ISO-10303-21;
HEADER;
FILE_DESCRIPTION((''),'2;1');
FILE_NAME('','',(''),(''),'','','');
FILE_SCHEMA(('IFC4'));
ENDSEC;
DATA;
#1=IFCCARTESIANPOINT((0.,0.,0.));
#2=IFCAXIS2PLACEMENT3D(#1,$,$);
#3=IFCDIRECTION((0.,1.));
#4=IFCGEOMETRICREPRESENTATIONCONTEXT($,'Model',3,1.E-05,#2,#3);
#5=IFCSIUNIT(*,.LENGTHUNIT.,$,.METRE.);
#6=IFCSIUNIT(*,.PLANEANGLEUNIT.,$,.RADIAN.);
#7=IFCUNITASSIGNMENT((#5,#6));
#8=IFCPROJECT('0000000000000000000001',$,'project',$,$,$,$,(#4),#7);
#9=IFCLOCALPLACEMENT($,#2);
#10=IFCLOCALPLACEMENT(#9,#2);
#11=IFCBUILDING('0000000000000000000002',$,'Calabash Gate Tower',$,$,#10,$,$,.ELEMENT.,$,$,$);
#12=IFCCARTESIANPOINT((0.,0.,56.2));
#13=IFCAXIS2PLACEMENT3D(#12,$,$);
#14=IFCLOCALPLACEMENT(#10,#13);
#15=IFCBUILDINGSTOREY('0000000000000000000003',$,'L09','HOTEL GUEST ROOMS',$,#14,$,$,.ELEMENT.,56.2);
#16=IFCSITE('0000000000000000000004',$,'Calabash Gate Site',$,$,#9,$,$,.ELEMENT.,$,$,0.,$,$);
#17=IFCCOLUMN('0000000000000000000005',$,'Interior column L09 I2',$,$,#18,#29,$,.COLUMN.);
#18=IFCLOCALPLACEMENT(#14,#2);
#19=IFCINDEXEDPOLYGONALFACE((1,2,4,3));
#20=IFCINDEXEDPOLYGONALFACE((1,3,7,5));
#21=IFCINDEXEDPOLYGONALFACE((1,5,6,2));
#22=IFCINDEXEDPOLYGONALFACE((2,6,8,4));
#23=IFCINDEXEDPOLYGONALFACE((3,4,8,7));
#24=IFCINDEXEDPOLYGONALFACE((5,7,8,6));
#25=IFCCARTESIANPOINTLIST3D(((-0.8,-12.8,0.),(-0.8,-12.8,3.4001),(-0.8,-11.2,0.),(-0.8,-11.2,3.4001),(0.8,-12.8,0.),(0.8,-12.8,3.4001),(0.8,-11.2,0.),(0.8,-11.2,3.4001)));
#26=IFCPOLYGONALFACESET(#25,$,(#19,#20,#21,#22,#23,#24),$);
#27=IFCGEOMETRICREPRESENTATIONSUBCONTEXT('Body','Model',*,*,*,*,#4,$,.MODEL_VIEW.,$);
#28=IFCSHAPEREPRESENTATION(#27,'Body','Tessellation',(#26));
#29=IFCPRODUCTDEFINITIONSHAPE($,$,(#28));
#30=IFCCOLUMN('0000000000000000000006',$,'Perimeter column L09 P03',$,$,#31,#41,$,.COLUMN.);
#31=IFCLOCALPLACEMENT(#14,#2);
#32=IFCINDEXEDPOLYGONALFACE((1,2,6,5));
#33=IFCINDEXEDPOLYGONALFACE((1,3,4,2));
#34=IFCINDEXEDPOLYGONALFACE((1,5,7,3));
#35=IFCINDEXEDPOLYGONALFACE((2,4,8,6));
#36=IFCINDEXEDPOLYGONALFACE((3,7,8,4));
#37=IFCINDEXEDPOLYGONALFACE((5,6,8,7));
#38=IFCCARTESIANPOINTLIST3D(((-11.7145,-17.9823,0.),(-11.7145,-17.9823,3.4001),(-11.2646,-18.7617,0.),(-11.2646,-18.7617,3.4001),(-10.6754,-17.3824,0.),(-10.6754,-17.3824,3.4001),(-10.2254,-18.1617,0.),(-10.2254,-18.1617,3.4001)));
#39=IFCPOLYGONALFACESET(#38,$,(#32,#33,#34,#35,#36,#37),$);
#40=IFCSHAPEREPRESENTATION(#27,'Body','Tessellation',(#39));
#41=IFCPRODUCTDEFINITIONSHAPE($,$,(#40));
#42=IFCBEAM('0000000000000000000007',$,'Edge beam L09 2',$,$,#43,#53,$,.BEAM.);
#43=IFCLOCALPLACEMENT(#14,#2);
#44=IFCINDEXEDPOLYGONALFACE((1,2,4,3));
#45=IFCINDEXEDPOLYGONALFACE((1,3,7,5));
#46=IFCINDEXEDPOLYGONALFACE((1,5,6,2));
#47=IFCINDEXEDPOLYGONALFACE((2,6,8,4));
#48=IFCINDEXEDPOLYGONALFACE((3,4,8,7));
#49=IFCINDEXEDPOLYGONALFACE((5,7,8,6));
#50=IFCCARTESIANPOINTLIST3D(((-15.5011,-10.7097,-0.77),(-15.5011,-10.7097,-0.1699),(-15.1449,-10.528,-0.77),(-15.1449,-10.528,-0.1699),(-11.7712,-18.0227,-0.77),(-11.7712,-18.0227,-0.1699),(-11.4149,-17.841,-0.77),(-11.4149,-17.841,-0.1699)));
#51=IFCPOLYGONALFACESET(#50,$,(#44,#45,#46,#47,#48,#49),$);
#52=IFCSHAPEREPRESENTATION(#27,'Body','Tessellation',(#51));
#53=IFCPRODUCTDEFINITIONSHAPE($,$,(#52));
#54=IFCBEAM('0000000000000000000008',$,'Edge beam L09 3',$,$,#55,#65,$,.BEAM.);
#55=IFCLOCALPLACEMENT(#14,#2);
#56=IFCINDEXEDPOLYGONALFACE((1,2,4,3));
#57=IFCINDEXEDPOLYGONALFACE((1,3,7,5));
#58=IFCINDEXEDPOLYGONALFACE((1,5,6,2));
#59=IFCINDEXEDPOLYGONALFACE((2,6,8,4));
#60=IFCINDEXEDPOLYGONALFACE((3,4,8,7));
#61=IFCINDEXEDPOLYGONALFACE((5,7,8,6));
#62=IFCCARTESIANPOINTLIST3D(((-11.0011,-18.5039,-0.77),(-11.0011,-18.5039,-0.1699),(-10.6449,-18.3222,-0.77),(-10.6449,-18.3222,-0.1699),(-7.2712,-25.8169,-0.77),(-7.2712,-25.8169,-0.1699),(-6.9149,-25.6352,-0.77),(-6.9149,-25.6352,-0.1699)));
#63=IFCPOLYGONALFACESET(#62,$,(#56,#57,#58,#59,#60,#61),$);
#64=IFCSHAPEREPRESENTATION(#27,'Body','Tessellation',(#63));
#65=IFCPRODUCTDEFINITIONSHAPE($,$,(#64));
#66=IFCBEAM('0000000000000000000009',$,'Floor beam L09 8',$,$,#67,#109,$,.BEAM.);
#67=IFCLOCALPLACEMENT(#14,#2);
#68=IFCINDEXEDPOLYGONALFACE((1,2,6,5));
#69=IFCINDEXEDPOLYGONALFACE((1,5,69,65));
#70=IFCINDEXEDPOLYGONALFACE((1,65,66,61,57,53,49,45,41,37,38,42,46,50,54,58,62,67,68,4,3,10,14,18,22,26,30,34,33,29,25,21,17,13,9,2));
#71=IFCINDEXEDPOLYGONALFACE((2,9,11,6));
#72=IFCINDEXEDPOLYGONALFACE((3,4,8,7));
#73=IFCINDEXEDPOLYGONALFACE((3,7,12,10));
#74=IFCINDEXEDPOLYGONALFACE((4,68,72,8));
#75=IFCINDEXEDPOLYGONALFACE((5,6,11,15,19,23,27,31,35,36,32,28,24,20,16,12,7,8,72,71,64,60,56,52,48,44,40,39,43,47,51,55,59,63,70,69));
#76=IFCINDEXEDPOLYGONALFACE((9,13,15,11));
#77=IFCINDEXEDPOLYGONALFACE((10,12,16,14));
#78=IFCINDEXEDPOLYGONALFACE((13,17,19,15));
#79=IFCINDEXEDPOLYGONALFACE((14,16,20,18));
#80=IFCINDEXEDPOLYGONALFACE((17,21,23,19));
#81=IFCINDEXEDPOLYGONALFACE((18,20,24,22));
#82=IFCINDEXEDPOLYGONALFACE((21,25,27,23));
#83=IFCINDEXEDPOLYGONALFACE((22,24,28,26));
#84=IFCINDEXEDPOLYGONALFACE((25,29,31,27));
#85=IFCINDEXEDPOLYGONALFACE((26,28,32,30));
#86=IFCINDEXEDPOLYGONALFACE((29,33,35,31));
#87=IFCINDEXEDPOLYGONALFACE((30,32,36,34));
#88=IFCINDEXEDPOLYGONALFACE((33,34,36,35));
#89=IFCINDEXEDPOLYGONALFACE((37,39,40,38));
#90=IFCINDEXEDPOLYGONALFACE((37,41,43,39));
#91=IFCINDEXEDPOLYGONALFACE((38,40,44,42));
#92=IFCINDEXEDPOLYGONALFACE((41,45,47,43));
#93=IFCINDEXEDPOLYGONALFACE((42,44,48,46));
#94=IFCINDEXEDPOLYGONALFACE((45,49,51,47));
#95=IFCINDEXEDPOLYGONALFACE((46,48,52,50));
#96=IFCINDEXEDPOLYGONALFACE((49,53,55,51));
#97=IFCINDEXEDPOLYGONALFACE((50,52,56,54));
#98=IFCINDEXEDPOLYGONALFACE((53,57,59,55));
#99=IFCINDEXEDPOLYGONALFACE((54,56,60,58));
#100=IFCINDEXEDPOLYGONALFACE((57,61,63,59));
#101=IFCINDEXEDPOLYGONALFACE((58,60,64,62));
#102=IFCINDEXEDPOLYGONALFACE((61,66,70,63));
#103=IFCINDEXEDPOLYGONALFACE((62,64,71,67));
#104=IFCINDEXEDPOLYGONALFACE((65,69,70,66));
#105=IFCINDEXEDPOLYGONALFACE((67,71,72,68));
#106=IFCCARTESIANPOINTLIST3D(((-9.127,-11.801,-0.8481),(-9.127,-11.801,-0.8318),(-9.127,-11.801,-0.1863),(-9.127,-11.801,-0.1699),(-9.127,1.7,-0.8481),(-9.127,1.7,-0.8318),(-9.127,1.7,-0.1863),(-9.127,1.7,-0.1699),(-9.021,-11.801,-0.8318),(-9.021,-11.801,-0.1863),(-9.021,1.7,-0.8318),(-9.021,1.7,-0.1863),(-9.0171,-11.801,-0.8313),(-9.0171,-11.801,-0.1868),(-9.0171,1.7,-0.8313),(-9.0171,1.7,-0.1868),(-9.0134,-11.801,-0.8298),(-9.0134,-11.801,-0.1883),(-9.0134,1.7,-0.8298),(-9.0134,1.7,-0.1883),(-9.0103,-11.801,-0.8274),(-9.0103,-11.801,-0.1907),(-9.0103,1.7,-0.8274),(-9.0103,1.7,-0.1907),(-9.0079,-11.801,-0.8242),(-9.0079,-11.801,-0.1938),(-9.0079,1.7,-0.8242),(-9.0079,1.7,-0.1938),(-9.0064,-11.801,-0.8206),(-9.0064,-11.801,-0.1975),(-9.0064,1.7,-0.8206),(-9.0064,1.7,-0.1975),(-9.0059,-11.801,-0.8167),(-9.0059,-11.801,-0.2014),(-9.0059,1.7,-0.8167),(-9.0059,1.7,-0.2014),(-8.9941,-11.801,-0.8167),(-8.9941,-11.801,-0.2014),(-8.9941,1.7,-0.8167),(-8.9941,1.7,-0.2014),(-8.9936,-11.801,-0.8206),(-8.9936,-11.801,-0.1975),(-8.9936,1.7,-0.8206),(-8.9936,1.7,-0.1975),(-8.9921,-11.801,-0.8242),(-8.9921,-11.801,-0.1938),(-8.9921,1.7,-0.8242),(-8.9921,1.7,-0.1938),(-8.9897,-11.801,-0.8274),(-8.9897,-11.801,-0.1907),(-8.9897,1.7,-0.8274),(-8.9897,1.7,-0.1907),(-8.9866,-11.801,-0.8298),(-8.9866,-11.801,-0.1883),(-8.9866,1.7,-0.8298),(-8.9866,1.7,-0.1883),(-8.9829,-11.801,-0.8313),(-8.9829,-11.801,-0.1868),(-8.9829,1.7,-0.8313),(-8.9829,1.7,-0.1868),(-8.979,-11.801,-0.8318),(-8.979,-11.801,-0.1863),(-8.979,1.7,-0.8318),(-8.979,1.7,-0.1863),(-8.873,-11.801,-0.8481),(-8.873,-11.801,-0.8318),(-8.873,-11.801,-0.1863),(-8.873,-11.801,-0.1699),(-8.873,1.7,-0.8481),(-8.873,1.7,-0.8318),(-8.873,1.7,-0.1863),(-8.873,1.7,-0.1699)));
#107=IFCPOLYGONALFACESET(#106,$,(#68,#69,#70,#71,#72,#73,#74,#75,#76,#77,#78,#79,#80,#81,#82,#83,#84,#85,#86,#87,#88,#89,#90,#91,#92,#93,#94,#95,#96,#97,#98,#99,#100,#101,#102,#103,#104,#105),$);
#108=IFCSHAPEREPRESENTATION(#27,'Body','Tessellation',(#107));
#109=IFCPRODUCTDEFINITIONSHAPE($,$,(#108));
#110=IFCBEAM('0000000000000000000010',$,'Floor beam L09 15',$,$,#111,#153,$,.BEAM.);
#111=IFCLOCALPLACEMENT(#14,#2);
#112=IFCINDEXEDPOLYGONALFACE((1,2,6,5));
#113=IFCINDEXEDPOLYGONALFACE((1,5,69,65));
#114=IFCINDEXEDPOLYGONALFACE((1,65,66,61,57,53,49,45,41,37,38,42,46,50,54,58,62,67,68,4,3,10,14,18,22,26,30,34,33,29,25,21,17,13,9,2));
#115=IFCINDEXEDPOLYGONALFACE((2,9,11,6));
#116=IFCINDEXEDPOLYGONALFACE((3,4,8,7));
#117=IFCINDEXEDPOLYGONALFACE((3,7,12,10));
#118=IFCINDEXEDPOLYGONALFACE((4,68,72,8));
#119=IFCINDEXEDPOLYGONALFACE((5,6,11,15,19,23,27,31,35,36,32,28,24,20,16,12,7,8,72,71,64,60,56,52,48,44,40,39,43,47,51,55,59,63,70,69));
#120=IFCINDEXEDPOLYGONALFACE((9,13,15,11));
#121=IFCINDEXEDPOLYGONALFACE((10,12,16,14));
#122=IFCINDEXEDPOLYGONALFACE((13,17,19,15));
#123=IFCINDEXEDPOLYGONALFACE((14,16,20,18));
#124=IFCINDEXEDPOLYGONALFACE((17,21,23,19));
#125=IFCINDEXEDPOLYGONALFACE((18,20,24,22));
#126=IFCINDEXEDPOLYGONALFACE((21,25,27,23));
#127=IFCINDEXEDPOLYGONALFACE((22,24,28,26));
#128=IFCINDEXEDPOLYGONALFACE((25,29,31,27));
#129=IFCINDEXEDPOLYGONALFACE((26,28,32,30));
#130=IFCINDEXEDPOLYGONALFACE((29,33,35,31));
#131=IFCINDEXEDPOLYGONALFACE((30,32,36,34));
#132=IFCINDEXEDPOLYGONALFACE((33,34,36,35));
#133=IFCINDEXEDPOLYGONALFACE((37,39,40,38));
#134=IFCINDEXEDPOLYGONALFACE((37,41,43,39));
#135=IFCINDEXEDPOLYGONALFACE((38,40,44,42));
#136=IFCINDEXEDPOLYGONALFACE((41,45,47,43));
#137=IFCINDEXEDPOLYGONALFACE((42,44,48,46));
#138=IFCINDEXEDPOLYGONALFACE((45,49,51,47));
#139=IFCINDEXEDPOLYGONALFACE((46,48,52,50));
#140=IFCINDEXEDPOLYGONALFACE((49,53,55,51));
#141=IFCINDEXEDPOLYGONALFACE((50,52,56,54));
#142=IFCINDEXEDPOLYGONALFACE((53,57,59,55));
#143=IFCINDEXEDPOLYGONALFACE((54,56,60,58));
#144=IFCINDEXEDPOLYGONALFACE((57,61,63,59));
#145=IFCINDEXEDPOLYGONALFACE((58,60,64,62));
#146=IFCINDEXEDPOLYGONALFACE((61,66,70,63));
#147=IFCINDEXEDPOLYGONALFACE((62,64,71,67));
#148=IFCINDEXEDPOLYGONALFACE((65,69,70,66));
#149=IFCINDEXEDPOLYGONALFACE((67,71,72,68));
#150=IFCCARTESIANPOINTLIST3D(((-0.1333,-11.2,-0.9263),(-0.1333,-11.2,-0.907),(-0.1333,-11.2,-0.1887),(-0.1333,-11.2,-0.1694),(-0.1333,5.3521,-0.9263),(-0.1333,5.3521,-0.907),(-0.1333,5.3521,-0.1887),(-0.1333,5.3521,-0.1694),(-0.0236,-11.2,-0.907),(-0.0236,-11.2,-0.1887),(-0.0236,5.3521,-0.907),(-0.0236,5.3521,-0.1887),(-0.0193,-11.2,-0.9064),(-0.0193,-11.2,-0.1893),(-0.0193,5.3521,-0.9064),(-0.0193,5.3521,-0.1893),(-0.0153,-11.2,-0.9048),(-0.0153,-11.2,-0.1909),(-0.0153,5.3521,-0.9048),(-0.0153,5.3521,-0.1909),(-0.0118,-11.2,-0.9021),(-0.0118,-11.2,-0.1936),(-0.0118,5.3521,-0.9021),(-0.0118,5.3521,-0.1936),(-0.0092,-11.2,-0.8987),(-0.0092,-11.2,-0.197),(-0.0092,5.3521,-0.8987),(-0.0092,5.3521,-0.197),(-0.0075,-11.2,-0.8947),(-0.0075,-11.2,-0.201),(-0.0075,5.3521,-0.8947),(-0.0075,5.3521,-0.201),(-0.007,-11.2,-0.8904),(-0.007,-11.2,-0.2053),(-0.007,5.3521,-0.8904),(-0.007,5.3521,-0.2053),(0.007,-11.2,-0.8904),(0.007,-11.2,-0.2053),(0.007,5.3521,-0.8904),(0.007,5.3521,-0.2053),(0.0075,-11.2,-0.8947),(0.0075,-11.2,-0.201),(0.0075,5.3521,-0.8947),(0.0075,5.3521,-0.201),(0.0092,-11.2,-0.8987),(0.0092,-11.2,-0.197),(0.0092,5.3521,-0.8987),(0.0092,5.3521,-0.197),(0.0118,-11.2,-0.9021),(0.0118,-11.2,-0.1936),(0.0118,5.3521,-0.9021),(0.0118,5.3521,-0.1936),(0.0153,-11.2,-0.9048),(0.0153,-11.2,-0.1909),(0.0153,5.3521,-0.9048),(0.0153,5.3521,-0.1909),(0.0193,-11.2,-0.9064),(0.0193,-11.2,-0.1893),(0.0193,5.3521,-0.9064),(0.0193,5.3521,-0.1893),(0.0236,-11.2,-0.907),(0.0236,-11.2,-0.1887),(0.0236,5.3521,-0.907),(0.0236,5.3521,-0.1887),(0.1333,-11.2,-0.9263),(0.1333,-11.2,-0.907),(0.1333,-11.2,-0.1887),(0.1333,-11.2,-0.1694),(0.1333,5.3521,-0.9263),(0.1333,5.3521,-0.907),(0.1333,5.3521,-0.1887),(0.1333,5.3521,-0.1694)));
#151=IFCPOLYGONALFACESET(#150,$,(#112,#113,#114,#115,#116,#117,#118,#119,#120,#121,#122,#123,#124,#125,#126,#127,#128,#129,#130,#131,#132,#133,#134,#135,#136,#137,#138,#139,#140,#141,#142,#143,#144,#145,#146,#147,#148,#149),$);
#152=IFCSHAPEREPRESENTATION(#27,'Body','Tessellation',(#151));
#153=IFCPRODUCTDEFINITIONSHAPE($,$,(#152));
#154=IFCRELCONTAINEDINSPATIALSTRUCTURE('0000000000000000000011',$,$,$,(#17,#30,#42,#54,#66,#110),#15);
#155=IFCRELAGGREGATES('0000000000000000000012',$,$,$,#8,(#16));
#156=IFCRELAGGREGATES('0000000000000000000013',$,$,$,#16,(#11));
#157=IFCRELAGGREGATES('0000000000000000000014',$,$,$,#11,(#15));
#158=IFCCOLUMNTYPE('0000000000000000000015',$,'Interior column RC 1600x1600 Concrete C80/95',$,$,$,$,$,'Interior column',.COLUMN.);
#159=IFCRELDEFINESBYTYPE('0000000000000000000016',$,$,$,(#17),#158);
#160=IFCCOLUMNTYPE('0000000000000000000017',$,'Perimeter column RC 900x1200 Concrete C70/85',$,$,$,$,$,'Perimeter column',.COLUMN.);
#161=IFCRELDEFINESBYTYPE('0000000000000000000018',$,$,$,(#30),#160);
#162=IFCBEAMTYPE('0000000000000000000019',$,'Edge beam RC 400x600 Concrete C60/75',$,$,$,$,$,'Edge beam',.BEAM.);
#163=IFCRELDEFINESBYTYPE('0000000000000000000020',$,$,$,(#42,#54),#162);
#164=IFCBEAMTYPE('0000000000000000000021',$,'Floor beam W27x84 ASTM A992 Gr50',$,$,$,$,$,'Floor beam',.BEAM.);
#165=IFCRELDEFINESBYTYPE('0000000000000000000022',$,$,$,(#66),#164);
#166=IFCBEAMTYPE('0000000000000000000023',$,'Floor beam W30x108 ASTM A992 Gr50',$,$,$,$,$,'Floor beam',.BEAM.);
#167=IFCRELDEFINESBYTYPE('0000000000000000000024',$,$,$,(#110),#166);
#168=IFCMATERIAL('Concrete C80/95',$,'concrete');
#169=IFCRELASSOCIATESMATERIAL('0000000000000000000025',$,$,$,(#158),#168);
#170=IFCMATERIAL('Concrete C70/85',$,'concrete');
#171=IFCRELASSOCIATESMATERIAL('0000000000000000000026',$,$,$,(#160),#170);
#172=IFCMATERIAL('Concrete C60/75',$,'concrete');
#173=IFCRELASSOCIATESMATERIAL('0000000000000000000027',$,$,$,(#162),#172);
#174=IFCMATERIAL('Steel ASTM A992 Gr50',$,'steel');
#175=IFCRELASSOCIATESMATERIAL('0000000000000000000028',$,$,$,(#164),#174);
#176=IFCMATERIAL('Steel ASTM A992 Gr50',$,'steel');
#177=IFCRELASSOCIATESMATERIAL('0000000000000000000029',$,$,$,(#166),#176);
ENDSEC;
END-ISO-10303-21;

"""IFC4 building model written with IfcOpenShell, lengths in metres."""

from ifc_helpers import new_model, si_unit, direction, frame, origin, origin_2d, place, context, subcontext, project, spatial, rectangle, i_section, extrude, material, material_profile, profile_set, type_object, element, save


model = new_model("IFC4")

# Units and contexts
model_context = context("Model", 3, precision=1e-05, world=origin(), true_north=direction((0.0, 1.0)))
body_context = subcontext(model_context, "Body", "Model", "MODEL_VIEW")
ifc_project = project(units=[si_unit("LENGTHUNIT", "METRE"), si_unit("PLANEANGLEUNIT", "RADIAN")], contexts=[model_context])

# Site, building, storey
site_placement = place(None, origin())
site = spatial("IfcSite", under=ifc_project, at=site_placement, Name="Calabash Gate Site", CompositionType="ELEMENT", RefElevation=0.0)
building_placement = place(site_placement, origin())
building = spatial("IfcBuilding", under=site, at=building_placement, Name="Calabash Gate Tower", CompositionType="ELEMENT")
storey_placement = place(building_placement, frame((0.0, 0.0, 56.2)))
storey = spatial("IfcBuildingStorey", under=building, at=storey_placement, Name="L09", Description="HOTEL GUEST ROOMS", CompositionType="ELEMENT", Elevation=56.2)

# Columns
ifc_material_1 = material(Name="Concrete C80/95", Category="concrete")
ifc_material_profile_1 = material_profile(ifc_material_1, rectangle(XDim=1.6001, YDim=1.6001, at=origin_2d()))
ifc_profile_set_1 = profile_set([ifc_material_profile_1], Name="Concrete C80/95")
column_type_1 = type_object("IfcColumnType", Name="Interior column RC 1600x1600 Concrete C80/95", ElementType="Interior column", PredefinedType="COLUMN", material=ifc_profile_set_1)
column_1_placement = place(storey_placement, frame((0.0, -12.0, 0.0), z_axis=(0.0, 0.0, 1.0), x_axis=(1.0, 0.0, 0.0)))
element("IfcColumn", 1, at=column_1_placement, inside=storey, type_object=column_type_1, Name="Interior column L09 I2", PredefinedType="COLUMN", context=body_context, shape_type="SweptSolid", body=[
    extrude(rectangle(XDim=1.6001, YDim=1.6001, at=origin_2d()), origin(), (0.0, 0.0, 1.0), 3.4001),
])
ifc_material_2 = material(Name="Concrete C70/85", Category="concrete")
ifc_material_profile_2 = material_profile(ifc_material_2, rectangle(XDim=0.8999, YDim=1.2, at=origin_2d()))
ifc_profile_set_2 = profile_set([ifc_material_profile_2], Name="Concrete C70/85")
column_type_2 = type_object("IfcColumnType", Name="Perimeter column RC 900x1200 Concrete C70/85", ElementType="Perimeter column", PredefinedType="COLUMN", material=ifc_profile_set_2)
column_2_placement = place(storey_placement, frame((-10.97, -18.072, 0.0), z_axis=(0.0, 0.0, 1.0), x_axis=(0.5, -0.866025, 0.0)))
element("IfcColumn", 2, at=column_2_placement, inside=storey, type_object=column_type_2, Name="Perimeter column L09 P03", PredefinedType="COLUMN", context=body_context, shape_type="SweptSolid", body=[
    extrude(rectangle(XDim=0.8999, YDim=1.2, at=origin_2d()), origin(), (0.0, 0.0, 1.0), 3.4001),
])

# Beams
ifc_material_3 = material(Name="Concrete C60/75", Category="concrete")
ifc_material_profile_3 = material_profile(ifc_material_3, rectangle(XDim=0.3999, YDim=0.6001, at=origin_2d()))
ifc_profile_set_3 = profile_set([ifc_material_profile_3], Name="Concrete C60/75")
beam_type_1 = type_object("IfcBeamType", Name="Edge beam RC 400x600 Concrete C60/75", ElementType="Edge beam", PredefinedType="BEAM", material=ifc_profile_set_3)
for number, where, z_axis, x_axis, name in (
    (3, (-15.323, -10.6189, -0.47), (0.454361, -0.890818, 0.0), (0.890818, 0.454361, 0.0), "Edge beam L09 2"),
    (4, (-10.823, -18.4131, -0.47), (0.454361, -0.890818, 0.0), (0.890818, 0.454361, 0.0), "Edge beam L09 3"),
):
    element("IfcBeam", number, at=place(storey_placement, frame(where, z_axis=z_axis, x_axis=x_axis)), inside=storey, type_object=beam_type_1, Name=name, PredefinedType="BEAM", context=body_context, shape_type="SweptSolid", body=[
        extrude(rectangle(XDim=0.3999, YDim=0.6001, at=origin_2d()), origin(), (0.0, 0.0, 1.0), 8.2092),
    ])
ifc_material_4 = material(Name="Steel ASTM A992 Gr50", Category="steel")
ifc_material_profile_4 = material_profile(ifc_material_4, i_section(OverallWidth=0.2539, OverallDepth=0.6782, WebThickness=0.0117, FlangeThickness=0.0164, FilletRadius=0.0151, at=origin_2d()))
ifc_profile_set_4 = profile_set([ifc_material_profile_4], Name="Steel ASTM A992 Gr50")
beam_type_2 = type_object("IfcBeamType", Name="Floor beam W27x84 ASTM A992 Gr50", ElementType="Floor beam", PredefinedType="BEAM", material=ifc_profile_set_4)
beam_1_placement = place(storey_placement, frame((-9.0, -11.801, -0.509), z_axis=(0.0, 1.0, 0.0), x_axis=(-1.0, 0.0, 0.0)))
element("IfcBeam", 5, at=beam_1_placement, inside=storey, type_object=beam_type_2, Name="Floor beam L09 8", PredefinedType="BEAM", context=body_context, shape_type="SweptSolid", body=[
    extrude(i_section(OverallWidth=0.2539, OverallDepth=0.6782, WebThickness=0.0117, FlangeThickness=0.0164, FilletRadius=0.0151, at=origin_2d()), origin(), (0.0, 0.0, 1.0), 13.501),
])
ifc_material_5 = material(Name="Steel ASTM A992 Gr50", Category="steel")
ifc_material_profile_5 = material_profile(ifc_material_5, i_section(OverallWidth=0.2666, OverallDepth=0.7568, WebThickness=0.0139, FlangeThickness=0.0193, FilletRadius=0.0166, at=origin_2d()))
ifc_profile_set_5 = profile_set([ifc_material_profile_5], Name="Steel ASTM A992 Gr50")
beam_type_3 = type_object("IfcBeamType", Name="Floor beam W30x108 ASTM A992 Gr50", ElementType="Floor beam", PredefinedType="BEAM", material=ifc_profile_set_5)
beam_2_placement = place(storey_placement, frame((0.0, -11.2, -0.5479), z_axis=(0.0, 1.0, 0.0), x_axis=(-1.0, 0.0, 0.0)))
element("IfcBeam", 6, at=beam_2_placement, inside=storey, type_object=beam_type_3, Name="Floor beam L09 15", PredefinedType="BEAM", context=body_context, shape_type="SweptSolid", body=[
    extrude(i_section(OverallWidth=0.2666, OverallDepth=0.7568, WebThickness=0.0139, FlangeThickness=0.0193, FilletRadius=0.0166, at=origin_2d()), origin(), (0.0, 0.0, 1.0), 16.552),
])

save(model, "model.ifc")
